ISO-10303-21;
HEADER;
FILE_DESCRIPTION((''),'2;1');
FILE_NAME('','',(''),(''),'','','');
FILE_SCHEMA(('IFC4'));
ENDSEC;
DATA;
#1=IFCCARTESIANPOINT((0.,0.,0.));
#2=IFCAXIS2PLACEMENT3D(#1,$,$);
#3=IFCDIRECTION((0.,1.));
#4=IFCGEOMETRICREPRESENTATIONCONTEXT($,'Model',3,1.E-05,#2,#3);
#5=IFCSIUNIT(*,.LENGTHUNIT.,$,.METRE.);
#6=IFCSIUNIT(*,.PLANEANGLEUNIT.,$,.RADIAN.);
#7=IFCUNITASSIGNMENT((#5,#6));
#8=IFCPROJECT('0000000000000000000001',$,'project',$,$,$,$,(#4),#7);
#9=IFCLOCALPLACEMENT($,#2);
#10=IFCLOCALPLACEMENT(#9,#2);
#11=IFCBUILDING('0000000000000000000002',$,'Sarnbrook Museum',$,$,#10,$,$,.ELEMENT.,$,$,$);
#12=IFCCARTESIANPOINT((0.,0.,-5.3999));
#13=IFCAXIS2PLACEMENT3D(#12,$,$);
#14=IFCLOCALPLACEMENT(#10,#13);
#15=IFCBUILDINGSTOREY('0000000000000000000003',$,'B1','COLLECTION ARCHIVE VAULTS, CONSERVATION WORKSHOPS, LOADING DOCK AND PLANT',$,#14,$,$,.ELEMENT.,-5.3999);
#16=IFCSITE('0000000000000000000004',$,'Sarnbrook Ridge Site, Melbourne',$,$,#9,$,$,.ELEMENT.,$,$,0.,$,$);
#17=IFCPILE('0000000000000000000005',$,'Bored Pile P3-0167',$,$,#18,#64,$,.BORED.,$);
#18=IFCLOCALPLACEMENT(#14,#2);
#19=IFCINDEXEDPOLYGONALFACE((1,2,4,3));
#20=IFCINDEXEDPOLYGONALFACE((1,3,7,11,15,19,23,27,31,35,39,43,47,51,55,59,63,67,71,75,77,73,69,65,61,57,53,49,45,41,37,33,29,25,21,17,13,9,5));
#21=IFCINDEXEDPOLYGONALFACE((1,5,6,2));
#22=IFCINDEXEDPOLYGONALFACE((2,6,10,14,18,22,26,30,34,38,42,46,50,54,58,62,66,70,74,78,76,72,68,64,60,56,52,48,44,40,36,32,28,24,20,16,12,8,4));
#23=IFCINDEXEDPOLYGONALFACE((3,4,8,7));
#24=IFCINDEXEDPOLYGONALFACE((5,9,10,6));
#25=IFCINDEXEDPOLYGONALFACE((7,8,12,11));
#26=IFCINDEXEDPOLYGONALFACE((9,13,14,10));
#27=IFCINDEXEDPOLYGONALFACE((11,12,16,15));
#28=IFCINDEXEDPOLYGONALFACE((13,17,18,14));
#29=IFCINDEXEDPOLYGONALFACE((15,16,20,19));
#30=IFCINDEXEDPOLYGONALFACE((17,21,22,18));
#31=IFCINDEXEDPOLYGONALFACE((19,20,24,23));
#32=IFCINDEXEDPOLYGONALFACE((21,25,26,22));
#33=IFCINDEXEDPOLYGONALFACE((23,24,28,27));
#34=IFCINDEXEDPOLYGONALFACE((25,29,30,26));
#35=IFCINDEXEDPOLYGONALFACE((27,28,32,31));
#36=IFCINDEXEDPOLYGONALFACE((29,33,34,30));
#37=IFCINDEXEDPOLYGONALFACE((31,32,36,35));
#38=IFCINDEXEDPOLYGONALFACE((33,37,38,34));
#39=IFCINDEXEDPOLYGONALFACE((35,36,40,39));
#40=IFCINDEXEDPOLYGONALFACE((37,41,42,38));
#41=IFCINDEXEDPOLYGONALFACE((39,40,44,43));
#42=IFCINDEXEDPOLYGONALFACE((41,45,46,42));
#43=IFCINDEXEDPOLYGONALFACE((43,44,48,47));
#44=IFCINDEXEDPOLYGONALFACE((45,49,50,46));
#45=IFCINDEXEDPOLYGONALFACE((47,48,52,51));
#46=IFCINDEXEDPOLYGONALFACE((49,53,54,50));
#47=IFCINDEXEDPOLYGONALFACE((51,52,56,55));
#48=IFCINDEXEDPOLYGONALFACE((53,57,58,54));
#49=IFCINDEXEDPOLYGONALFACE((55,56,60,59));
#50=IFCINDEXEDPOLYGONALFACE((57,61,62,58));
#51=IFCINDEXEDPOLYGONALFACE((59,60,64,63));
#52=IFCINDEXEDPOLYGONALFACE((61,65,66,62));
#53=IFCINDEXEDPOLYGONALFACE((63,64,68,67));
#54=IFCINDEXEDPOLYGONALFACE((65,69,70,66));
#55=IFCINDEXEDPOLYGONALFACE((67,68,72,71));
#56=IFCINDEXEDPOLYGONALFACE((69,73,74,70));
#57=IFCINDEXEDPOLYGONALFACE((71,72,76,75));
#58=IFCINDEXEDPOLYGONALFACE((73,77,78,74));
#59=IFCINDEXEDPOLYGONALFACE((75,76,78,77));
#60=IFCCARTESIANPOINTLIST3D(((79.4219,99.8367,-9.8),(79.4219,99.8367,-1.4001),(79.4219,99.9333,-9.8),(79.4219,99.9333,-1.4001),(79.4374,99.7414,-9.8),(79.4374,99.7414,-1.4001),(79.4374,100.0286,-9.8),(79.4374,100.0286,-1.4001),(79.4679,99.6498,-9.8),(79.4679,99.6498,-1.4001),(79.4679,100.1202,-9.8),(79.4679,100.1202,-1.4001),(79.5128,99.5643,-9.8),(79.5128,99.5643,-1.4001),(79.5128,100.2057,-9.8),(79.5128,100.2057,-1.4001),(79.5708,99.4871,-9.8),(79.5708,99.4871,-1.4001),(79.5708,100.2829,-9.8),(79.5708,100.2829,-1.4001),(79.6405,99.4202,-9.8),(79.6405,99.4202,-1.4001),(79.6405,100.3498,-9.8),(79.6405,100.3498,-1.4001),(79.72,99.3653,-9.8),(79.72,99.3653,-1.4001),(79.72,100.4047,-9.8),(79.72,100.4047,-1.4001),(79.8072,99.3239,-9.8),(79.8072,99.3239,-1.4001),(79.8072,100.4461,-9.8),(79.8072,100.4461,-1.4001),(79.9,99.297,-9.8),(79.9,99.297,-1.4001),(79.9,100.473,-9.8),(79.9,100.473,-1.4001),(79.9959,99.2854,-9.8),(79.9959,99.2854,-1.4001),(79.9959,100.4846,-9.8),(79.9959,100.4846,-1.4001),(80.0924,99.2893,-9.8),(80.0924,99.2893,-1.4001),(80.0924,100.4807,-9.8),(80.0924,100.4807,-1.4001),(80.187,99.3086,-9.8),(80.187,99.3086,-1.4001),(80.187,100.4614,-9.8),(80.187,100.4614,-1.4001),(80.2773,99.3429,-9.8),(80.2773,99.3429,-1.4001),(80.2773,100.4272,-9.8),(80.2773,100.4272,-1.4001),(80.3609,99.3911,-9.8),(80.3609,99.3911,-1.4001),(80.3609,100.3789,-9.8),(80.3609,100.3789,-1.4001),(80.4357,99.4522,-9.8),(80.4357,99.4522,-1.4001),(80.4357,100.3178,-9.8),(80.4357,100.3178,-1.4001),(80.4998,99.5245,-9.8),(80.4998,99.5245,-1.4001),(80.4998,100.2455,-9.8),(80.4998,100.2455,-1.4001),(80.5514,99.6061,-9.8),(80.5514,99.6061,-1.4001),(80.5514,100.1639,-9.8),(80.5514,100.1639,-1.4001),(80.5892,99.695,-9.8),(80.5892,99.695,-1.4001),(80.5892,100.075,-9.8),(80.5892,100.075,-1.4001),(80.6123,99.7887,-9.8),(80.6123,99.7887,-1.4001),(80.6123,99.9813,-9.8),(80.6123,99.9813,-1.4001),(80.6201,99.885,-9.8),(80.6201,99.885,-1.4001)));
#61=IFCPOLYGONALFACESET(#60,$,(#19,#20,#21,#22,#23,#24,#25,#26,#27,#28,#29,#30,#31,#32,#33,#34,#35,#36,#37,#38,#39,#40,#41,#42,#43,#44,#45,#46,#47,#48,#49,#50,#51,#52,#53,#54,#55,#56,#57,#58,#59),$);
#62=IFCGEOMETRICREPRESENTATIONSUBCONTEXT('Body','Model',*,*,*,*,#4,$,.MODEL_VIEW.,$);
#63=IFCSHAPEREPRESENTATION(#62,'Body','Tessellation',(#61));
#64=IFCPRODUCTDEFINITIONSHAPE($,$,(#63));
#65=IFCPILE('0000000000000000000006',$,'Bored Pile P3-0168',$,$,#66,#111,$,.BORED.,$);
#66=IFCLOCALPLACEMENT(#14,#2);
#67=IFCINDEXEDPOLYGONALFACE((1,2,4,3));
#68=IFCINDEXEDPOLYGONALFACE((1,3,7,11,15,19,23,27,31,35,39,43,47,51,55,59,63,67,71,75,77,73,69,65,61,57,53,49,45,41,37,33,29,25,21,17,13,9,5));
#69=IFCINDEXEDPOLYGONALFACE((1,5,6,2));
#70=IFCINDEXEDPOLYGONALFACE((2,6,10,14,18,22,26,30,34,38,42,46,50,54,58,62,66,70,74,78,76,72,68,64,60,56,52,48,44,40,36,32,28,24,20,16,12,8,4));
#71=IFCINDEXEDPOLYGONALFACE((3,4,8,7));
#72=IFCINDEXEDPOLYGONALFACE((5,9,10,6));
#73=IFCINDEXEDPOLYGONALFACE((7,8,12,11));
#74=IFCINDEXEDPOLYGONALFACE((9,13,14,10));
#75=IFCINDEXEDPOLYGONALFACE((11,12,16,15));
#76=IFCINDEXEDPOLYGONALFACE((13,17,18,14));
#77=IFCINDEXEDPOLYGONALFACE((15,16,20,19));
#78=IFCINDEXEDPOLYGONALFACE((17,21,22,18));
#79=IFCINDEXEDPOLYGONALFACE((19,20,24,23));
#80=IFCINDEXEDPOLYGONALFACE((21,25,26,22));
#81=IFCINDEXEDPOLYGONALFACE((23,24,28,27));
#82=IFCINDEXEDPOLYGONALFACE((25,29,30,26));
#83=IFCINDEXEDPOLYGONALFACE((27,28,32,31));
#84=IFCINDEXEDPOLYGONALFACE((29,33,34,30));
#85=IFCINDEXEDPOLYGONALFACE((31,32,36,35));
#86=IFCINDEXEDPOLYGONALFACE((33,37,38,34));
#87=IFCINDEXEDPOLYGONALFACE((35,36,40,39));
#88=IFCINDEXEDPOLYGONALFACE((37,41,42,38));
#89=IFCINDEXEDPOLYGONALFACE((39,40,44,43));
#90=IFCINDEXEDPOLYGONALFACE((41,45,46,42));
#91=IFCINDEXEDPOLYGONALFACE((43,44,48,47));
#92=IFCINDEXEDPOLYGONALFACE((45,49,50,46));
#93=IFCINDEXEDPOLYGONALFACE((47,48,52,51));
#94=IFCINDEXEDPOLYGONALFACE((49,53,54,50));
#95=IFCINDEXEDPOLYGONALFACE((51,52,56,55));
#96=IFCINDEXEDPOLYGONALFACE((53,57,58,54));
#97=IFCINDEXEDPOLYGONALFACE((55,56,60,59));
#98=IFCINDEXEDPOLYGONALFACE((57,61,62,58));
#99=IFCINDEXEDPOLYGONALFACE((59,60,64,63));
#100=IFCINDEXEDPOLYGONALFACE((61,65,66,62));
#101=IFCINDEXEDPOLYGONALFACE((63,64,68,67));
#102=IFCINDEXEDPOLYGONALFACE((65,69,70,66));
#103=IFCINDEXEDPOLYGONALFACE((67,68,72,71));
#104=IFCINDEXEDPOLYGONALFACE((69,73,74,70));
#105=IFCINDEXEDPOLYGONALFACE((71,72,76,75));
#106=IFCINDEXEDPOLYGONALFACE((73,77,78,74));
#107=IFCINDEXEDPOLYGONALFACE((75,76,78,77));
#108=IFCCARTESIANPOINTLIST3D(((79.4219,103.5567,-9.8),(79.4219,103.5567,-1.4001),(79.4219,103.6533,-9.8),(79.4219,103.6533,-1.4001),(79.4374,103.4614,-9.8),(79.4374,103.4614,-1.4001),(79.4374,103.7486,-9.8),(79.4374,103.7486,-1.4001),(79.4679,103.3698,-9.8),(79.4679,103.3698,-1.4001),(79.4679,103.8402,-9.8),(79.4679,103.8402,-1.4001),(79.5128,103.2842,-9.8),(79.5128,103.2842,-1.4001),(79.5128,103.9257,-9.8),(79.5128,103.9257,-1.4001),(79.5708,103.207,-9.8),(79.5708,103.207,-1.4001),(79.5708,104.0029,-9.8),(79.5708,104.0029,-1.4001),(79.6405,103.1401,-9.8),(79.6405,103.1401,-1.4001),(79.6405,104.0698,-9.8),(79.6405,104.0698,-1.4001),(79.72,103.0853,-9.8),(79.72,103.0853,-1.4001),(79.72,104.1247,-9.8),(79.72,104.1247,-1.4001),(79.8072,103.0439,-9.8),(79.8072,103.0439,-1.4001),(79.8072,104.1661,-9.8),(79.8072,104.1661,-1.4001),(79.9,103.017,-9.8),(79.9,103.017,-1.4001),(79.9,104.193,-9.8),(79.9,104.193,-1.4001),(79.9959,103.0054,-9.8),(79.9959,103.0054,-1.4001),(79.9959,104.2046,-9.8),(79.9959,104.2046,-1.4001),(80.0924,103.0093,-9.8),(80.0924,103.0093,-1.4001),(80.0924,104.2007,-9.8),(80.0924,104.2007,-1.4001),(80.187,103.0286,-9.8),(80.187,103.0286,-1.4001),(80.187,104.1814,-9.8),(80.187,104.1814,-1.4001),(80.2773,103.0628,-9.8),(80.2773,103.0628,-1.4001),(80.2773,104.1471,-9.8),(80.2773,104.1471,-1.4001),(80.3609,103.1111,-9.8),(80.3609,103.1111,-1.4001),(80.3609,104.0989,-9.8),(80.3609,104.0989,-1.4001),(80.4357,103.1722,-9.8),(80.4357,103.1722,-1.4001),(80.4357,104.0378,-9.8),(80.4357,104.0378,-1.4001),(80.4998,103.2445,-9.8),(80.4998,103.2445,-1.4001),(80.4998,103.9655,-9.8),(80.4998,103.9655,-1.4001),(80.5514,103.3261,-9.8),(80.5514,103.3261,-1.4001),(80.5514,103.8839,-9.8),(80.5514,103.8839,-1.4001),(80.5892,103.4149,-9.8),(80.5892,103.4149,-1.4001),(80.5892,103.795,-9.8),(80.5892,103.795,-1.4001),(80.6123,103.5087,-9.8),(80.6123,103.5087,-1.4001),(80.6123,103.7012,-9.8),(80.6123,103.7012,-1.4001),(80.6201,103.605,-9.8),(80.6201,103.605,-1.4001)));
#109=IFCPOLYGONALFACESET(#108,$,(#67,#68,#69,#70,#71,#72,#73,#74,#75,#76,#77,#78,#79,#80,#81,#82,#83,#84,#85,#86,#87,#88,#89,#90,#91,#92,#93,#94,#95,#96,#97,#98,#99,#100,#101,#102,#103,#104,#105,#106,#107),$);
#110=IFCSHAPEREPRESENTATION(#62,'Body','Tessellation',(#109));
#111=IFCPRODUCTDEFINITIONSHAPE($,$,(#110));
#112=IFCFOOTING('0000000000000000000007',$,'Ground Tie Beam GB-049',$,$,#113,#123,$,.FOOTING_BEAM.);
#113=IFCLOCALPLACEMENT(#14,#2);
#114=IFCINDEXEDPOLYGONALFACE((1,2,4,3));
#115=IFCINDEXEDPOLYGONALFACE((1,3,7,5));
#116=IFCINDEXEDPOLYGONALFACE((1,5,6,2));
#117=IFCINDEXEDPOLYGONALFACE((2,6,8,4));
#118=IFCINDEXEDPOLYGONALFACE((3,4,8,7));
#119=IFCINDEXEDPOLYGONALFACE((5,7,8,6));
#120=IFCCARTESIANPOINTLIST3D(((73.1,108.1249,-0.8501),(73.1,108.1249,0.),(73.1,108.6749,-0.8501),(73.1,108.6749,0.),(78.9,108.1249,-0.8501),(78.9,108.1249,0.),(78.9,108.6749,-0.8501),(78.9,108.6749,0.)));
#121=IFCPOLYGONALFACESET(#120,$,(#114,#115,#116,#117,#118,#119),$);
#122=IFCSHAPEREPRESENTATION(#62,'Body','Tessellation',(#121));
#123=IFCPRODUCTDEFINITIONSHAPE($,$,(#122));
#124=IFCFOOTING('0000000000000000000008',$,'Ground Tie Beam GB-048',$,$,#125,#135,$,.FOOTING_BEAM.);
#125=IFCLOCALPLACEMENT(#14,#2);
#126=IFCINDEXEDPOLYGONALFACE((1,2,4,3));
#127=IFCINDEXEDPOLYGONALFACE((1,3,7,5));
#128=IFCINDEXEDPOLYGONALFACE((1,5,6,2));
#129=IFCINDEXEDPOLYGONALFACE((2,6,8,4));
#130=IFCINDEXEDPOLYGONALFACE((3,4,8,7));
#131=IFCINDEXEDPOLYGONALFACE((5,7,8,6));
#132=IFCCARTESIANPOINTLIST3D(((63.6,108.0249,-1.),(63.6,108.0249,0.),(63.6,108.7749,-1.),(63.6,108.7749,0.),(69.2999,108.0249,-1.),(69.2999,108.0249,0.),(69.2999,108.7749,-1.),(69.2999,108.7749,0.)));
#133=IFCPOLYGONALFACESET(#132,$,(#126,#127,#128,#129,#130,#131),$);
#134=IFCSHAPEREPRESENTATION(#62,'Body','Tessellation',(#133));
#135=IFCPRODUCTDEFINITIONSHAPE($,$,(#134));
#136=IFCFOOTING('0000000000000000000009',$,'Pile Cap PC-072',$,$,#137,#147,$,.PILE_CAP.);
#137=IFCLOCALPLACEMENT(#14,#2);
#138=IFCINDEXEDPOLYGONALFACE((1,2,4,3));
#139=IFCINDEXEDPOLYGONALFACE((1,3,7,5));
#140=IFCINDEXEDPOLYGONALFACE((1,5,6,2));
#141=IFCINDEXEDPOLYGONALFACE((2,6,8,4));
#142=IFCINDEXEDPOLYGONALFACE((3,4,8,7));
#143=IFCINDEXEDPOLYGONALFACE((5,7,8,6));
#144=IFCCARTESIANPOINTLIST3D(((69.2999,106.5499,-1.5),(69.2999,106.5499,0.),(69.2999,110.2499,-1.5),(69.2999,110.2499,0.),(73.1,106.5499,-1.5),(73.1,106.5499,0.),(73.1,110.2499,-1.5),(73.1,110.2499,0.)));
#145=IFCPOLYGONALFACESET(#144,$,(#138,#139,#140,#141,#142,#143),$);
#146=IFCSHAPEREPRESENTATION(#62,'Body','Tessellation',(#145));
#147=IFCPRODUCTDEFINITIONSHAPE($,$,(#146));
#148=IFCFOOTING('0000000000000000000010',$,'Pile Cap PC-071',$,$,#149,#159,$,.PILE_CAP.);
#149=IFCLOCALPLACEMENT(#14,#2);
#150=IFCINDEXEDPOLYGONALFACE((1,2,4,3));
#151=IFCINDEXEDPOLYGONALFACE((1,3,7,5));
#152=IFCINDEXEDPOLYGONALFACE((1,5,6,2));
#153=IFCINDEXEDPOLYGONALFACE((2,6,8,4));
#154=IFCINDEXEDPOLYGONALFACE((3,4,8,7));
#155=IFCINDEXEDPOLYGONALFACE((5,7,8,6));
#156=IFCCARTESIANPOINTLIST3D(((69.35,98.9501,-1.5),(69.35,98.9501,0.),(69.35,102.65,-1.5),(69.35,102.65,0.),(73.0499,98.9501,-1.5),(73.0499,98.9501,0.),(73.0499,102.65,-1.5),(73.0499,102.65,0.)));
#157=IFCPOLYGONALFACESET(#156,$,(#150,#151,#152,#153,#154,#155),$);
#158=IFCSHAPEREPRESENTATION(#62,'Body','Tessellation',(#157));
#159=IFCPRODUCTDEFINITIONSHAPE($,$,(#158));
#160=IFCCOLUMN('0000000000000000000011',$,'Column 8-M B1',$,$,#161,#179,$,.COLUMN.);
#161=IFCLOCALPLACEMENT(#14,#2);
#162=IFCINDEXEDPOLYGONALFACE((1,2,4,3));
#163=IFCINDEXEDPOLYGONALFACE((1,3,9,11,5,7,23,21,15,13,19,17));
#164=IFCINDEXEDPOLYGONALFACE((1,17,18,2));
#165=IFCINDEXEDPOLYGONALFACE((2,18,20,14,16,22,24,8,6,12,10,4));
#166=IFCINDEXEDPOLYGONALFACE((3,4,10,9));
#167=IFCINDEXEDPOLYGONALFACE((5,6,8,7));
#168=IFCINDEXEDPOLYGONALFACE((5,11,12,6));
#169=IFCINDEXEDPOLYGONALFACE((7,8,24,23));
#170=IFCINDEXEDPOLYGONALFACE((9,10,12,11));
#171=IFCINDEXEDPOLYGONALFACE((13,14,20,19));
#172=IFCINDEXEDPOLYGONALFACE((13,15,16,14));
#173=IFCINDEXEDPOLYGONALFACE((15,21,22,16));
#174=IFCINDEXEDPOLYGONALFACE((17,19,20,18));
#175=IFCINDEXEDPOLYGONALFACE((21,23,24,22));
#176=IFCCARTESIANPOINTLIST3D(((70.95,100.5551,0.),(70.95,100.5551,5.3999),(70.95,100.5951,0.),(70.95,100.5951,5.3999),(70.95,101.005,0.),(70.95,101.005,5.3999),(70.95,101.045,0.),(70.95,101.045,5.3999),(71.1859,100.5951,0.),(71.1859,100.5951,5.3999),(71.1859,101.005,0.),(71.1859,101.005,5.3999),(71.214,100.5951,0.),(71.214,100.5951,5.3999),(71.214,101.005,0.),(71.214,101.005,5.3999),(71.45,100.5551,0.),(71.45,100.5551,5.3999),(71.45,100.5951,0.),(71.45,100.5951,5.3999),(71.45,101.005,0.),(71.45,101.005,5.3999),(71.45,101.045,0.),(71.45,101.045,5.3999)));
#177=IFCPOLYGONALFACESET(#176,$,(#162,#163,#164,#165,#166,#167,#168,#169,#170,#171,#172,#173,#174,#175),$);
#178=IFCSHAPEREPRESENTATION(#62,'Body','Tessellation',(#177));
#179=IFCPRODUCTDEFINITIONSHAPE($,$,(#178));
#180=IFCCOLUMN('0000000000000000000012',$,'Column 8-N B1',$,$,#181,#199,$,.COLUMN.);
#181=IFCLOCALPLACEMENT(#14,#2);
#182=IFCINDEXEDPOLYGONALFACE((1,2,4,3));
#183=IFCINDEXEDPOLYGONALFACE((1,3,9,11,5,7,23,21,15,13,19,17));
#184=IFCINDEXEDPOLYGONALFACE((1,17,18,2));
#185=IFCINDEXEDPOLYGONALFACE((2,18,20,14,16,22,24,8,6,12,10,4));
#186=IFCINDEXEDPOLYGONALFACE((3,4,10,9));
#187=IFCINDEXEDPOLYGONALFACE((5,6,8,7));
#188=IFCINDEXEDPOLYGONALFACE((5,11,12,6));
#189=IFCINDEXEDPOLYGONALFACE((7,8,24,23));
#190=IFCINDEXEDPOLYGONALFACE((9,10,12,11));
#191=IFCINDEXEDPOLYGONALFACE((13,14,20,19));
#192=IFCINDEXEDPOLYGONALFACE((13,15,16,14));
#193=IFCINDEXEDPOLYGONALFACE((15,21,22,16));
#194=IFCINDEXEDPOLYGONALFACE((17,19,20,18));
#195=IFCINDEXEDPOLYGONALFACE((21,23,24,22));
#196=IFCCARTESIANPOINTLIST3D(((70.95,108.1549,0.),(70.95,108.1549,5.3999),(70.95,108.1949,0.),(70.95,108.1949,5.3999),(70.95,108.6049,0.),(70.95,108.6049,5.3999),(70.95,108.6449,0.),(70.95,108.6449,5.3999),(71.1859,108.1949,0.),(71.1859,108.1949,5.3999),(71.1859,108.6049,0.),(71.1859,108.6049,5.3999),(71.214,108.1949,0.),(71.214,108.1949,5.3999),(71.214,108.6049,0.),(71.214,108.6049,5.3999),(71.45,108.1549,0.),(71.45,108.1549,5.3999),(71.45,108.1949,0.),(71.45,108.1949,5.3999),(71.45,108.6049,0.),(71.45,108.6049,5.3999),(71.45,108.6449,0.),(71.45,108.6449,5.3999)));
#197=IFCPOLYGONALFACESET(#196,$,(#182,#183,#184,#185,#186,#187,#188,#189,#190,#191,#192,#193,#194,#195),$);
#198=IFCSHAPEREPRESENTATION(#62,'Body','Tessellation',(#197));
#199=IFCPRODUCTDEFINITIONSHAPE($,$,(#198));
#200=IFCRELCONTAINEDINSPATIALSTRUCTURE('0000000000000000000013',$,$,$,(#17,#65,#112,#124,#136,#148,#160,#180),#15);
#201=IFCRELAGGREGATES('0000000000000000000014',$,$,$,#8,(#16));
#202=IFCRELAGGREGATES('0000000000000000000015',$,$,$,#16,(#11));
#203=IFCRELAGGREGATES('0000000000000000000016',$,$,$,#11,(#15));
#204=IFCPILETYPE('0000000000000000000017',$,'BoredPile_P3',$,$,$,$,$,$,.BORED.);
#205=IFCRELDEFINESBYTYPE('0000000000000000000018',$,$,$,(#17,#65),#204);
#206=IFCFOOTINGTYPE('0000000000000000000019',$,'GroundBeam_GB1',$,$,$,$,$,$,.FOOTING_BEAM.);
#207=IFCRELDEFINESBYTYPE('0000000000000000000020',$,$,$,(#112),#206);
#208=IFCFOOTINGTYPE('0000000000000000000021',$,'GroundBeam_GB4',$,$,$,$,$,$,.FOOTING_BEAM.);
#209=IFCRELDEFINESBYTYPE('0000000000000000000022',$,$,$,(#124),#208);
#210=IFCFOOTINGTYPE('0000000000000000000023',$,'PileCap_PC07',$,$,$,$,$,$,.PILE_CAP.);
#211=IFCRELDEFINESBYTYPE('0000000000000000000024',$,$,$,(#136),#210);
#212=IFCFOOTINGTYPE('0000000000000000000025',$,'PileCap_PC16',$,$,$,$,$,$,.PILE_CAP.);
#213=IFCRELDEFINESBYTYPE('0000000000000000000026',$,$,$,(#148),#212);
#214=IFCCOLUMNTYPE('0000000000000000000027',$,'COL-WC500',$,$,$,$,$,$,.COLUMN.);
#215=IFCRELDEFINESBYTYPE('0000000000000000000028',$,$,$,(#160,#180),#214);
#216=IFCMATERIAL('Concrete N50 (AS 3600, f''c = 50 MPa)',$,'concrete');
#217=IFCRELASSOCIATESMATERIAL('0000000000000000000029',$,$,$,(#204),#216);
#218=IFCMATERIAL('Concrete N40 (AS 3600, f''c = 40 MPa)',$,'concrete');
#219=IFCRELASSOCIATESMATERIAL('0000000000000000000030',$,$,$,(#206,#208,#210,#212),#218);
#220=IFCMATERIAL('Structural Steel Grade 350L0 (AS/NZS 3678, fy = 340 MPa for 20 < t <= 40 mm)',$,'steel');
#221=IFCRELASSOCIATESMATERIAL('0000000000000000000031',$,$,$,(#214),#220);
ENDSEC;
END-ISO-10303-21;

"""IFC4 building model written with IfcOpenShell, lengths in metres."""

from ifc_helpers import new_model, si_unit, direction, frame, origin, origin_2d, place, context, subcontext, project, spatial, rectangle, circle, i_section, extrude, material, material_profile, profile_set, type_object, element, save


model = new_model("IFC4")

# Units and contexts
model_context = context("Model", 3, precision=1e-05, world=origin(), true_north=direction((0.0, 1.0)))
body_context = subcontext(model_context, "Body", "Model", "MODEL_VIEW")
ifc_project = project(units=[si_unit("LENGTHUNIT", "METRE"), si_unit("PLANEANGLEUNIT", "RADIAN")], contexts=[model_context])

# Site, building, storey
site_placement = place(None, origin())
site = spatial("IfcSite", under=ifc_project, at=site_placement, Name="Sarnbrook Ridge Site, Melbourne", CompositionType="ELEMENT", RefElevation=0.0)
building_placement = place(site_placement, origin())
building = spatial("IfcBuilding", under=site, at=building_placement, Name="Sarnbrook Museum", CompositionType="ELEMENT")
storey_placement = place(building_placement, frame((0.0, 0.0, -5.3999)))
storey = spatial("IfcBuildingStorey", under=building, at=storey_placement, Name="B1", Description="COLLECTION ARCHIVE VAULTS, CONSERVATION WORKSHOPS, LOADING DOCK AND PLANT", CompositionType="ELEMENT", Elevation=-5.3999)

# Piles
ifc_material_1 = material(Name="Concrete N50 (AS 3600, f'c = 50 MPa)", Category="concrete")
ifc_material_profile_1 = material_profile(ifc_material_1, circle(Radius=0.6001, at=origin_2d()), Name="BORED PILE D1200")
ifc_profile_set_1 = profile_set([ifc_material_profile_1], Name="Concrete N50 (AS 3600, f'c = 50 MPa)")
pile_type_1 = type_object("IfcPileType", Name="BoredPile_P3", PredefinedType="BORED", material=ifc_profile_set_1)
for number, where, z_axis, x_axis, name in (
    (1, (80.02, 99.885, -1.4001), (0.0, 0.0, -1.0), (1.0, 0.0, 0.0), "Bored Pile P3-0167"),
    (2, (80.02, 103.605, -1.4001), (0.0, 0.0, -1.0), (1.0, 0.0, 0.0), "Bored Pile P3-0168"),
):
    element("IfcPile", number, at=place(storey_placement, frame(where, z_axis=z_axis, x_axis=x_axis)), inside=storey, type_object=pile_type_1, Name=name, PredefinedType="BORED", context=body_context, shape_type="SweptSolid", body=[
        extrude(circle(Radius=0.6001, at=origin_2d()), origin(), (0.0, 0.0, 1.0), 8.3999),
    ])

# Footings
ifc_material_2 = material(Name="Concrete N40 (AS 3600, f'c = 40 MPa)", Category="concrete")
footing_type_1 = type_object("IfcFootingType", Name="GroundBeam_GB1", PredefinedType="FOOTING_BEAM", material=ifc_material_2)
footing_1_placement = place(storey_placement, frame((76.0, 108.3999, -0.8501), z_axis=(0.0, 0.0, 1.0), x_axis=(1.0, 0.0, 0.0)))
element("IfcFooting", 3, at=footing_1_placement, inside=storey, type_object=footing_type_1, Name="Ground Tie Beam GB-049", PredefinedType="FOOTING_BEAM", context=body_context, shape_type="SweptSolid", body=[
    extrude(rectangle(XDim=5.8, YDim=0.55, at=origin_2d()), origin(), (0.0, 0.0, 1.0), 0.8501),
])
footing_type_2 = type_object("IfcFootingType", Name="GroundBeam_GB4", PredefinedType="FOOTING_BEAM", material=ifc_material_2)
footing_2_placement = place(storey_placement, frame((66.45, 108.3999, -1.0), z_axis=(0.0, 0.0, 1.0), x_axis=(1.0, 0.0, 0.0)))
element("IfcFooting", 4, at=footing_2_placement, inside=storey, type_object=footing_type_2, Name="Ground Tie Beam GB-048", PredefinedType="FOOTING_BEAM", context=body_context, shape_type="SweptSolid", body=[
    extrude(rectangle(XDim=5.7, YDim=0.75, at=origin_2d()), origin(), (0.0, 0.0, 1.0), 1.0),
])
footing_type_3 = type_object("IfcFootingType", Name="PileCap_PC07", PredefinedType="PILE_CAP", material=ifc_material_2)
footing_3_placement = place(storey_placement, frame((71.2, 108.3999, -1.5), z_axis=(0.0, 0.0, 1.0), x_axis=(1.0, 0.0, 0.0)))
element("IfcFooting", 5, at=footing_3_placement, inside=storey, type_object=footing_type_3, Name="Pile Cap PC-072", PredefinedType="PILE_CAP", context=body_context, shape_type="SweptSolid", body=[
    extrude(rectangle(XDim=3.8, YDim=3.7, at=origin_2d()), origin(), (0.0, 0.0, 1.0), 1.5),
])
footing_type_4 = type_object("IfcFootingType", Name="PileCap_PC16", PredefinedType="PILE_CAP", material=ifc_material_2)
footing_4_placement = place(storey_placement, frame((71.2, 100.8, -1.5), z_axis=(0.0, 0.0, 1.0), x_axis=(1.0, 0.0, 0.0)))
element("IfcFooting", 6, at=footing_4_placement, inside=storey, type_object=footing_type_4, Name="Pile Cap PC-071", PredefinedType="PILE_CAP", context=body_context, shape_type="SweptSolid", body=[
    extrude(rectangle(XDim=3.7, YDim=3.7, at=origin_2d()), origin(), (0.0, 0.0, 1.0), 1.5),
])

# Columns
ifc_material_3 = material(Name="Structural Steel Grade 350L0 (AS/NZS 3678, fy = 340 MPa for 20 < t <= 40 mm)", Category="steel")
ifc_material_profile_2 = material_profile(ifc_material_3, i_section(OverallWidth=0.5, OverallDepth=0.49, WebThickness=0.0281, FlangeThickness=0.04, at=origin_2d()), Name="500WC340")
ifc_profile_set_2 = profile_set([ifc_material_profile_2], Name="Structural Steel Grade 350L0 (AS/NZS 3678, fy = 340 MPa for 20 < t <= 40 mm)")
column_type = type_object("IfcColumnType", Name="COL-WC500", PredefinedType="COLUMN", material=ifc_profile_set_2)
for number, where, z_axis, x_axis, name in (
    (7, (71.2, 100.8, 0.0), (0.0, 0.0, 1.0), (1.0, 0.0, 0.0), "Column 8-M B1"),
    (8, (71.2, 108.3999, 0.0), (0.0, 0.0, 1.0), (1.0, 0.0, 0.0), "Column 8-N B1"),
):
    element("IfcColumn", number, at=place(storey_placement, frame(where, z_axis=z_axis, x_axis=x_axis)), inside=storey, type_object=column_type, Name=name, PredefinedType="COLUMN", context=body_context, shape_type="SweptSolid", body=[
        extrude(i_section(OverallWidth=0.5, OverallDepth=0.49, WebThickness=0.0281, FlangeThickness=0.04, at=origin_2d()), origin(), (0.0, 0.0, 1.0), 5.3999),
    ])

save(model, "model.ifc")
